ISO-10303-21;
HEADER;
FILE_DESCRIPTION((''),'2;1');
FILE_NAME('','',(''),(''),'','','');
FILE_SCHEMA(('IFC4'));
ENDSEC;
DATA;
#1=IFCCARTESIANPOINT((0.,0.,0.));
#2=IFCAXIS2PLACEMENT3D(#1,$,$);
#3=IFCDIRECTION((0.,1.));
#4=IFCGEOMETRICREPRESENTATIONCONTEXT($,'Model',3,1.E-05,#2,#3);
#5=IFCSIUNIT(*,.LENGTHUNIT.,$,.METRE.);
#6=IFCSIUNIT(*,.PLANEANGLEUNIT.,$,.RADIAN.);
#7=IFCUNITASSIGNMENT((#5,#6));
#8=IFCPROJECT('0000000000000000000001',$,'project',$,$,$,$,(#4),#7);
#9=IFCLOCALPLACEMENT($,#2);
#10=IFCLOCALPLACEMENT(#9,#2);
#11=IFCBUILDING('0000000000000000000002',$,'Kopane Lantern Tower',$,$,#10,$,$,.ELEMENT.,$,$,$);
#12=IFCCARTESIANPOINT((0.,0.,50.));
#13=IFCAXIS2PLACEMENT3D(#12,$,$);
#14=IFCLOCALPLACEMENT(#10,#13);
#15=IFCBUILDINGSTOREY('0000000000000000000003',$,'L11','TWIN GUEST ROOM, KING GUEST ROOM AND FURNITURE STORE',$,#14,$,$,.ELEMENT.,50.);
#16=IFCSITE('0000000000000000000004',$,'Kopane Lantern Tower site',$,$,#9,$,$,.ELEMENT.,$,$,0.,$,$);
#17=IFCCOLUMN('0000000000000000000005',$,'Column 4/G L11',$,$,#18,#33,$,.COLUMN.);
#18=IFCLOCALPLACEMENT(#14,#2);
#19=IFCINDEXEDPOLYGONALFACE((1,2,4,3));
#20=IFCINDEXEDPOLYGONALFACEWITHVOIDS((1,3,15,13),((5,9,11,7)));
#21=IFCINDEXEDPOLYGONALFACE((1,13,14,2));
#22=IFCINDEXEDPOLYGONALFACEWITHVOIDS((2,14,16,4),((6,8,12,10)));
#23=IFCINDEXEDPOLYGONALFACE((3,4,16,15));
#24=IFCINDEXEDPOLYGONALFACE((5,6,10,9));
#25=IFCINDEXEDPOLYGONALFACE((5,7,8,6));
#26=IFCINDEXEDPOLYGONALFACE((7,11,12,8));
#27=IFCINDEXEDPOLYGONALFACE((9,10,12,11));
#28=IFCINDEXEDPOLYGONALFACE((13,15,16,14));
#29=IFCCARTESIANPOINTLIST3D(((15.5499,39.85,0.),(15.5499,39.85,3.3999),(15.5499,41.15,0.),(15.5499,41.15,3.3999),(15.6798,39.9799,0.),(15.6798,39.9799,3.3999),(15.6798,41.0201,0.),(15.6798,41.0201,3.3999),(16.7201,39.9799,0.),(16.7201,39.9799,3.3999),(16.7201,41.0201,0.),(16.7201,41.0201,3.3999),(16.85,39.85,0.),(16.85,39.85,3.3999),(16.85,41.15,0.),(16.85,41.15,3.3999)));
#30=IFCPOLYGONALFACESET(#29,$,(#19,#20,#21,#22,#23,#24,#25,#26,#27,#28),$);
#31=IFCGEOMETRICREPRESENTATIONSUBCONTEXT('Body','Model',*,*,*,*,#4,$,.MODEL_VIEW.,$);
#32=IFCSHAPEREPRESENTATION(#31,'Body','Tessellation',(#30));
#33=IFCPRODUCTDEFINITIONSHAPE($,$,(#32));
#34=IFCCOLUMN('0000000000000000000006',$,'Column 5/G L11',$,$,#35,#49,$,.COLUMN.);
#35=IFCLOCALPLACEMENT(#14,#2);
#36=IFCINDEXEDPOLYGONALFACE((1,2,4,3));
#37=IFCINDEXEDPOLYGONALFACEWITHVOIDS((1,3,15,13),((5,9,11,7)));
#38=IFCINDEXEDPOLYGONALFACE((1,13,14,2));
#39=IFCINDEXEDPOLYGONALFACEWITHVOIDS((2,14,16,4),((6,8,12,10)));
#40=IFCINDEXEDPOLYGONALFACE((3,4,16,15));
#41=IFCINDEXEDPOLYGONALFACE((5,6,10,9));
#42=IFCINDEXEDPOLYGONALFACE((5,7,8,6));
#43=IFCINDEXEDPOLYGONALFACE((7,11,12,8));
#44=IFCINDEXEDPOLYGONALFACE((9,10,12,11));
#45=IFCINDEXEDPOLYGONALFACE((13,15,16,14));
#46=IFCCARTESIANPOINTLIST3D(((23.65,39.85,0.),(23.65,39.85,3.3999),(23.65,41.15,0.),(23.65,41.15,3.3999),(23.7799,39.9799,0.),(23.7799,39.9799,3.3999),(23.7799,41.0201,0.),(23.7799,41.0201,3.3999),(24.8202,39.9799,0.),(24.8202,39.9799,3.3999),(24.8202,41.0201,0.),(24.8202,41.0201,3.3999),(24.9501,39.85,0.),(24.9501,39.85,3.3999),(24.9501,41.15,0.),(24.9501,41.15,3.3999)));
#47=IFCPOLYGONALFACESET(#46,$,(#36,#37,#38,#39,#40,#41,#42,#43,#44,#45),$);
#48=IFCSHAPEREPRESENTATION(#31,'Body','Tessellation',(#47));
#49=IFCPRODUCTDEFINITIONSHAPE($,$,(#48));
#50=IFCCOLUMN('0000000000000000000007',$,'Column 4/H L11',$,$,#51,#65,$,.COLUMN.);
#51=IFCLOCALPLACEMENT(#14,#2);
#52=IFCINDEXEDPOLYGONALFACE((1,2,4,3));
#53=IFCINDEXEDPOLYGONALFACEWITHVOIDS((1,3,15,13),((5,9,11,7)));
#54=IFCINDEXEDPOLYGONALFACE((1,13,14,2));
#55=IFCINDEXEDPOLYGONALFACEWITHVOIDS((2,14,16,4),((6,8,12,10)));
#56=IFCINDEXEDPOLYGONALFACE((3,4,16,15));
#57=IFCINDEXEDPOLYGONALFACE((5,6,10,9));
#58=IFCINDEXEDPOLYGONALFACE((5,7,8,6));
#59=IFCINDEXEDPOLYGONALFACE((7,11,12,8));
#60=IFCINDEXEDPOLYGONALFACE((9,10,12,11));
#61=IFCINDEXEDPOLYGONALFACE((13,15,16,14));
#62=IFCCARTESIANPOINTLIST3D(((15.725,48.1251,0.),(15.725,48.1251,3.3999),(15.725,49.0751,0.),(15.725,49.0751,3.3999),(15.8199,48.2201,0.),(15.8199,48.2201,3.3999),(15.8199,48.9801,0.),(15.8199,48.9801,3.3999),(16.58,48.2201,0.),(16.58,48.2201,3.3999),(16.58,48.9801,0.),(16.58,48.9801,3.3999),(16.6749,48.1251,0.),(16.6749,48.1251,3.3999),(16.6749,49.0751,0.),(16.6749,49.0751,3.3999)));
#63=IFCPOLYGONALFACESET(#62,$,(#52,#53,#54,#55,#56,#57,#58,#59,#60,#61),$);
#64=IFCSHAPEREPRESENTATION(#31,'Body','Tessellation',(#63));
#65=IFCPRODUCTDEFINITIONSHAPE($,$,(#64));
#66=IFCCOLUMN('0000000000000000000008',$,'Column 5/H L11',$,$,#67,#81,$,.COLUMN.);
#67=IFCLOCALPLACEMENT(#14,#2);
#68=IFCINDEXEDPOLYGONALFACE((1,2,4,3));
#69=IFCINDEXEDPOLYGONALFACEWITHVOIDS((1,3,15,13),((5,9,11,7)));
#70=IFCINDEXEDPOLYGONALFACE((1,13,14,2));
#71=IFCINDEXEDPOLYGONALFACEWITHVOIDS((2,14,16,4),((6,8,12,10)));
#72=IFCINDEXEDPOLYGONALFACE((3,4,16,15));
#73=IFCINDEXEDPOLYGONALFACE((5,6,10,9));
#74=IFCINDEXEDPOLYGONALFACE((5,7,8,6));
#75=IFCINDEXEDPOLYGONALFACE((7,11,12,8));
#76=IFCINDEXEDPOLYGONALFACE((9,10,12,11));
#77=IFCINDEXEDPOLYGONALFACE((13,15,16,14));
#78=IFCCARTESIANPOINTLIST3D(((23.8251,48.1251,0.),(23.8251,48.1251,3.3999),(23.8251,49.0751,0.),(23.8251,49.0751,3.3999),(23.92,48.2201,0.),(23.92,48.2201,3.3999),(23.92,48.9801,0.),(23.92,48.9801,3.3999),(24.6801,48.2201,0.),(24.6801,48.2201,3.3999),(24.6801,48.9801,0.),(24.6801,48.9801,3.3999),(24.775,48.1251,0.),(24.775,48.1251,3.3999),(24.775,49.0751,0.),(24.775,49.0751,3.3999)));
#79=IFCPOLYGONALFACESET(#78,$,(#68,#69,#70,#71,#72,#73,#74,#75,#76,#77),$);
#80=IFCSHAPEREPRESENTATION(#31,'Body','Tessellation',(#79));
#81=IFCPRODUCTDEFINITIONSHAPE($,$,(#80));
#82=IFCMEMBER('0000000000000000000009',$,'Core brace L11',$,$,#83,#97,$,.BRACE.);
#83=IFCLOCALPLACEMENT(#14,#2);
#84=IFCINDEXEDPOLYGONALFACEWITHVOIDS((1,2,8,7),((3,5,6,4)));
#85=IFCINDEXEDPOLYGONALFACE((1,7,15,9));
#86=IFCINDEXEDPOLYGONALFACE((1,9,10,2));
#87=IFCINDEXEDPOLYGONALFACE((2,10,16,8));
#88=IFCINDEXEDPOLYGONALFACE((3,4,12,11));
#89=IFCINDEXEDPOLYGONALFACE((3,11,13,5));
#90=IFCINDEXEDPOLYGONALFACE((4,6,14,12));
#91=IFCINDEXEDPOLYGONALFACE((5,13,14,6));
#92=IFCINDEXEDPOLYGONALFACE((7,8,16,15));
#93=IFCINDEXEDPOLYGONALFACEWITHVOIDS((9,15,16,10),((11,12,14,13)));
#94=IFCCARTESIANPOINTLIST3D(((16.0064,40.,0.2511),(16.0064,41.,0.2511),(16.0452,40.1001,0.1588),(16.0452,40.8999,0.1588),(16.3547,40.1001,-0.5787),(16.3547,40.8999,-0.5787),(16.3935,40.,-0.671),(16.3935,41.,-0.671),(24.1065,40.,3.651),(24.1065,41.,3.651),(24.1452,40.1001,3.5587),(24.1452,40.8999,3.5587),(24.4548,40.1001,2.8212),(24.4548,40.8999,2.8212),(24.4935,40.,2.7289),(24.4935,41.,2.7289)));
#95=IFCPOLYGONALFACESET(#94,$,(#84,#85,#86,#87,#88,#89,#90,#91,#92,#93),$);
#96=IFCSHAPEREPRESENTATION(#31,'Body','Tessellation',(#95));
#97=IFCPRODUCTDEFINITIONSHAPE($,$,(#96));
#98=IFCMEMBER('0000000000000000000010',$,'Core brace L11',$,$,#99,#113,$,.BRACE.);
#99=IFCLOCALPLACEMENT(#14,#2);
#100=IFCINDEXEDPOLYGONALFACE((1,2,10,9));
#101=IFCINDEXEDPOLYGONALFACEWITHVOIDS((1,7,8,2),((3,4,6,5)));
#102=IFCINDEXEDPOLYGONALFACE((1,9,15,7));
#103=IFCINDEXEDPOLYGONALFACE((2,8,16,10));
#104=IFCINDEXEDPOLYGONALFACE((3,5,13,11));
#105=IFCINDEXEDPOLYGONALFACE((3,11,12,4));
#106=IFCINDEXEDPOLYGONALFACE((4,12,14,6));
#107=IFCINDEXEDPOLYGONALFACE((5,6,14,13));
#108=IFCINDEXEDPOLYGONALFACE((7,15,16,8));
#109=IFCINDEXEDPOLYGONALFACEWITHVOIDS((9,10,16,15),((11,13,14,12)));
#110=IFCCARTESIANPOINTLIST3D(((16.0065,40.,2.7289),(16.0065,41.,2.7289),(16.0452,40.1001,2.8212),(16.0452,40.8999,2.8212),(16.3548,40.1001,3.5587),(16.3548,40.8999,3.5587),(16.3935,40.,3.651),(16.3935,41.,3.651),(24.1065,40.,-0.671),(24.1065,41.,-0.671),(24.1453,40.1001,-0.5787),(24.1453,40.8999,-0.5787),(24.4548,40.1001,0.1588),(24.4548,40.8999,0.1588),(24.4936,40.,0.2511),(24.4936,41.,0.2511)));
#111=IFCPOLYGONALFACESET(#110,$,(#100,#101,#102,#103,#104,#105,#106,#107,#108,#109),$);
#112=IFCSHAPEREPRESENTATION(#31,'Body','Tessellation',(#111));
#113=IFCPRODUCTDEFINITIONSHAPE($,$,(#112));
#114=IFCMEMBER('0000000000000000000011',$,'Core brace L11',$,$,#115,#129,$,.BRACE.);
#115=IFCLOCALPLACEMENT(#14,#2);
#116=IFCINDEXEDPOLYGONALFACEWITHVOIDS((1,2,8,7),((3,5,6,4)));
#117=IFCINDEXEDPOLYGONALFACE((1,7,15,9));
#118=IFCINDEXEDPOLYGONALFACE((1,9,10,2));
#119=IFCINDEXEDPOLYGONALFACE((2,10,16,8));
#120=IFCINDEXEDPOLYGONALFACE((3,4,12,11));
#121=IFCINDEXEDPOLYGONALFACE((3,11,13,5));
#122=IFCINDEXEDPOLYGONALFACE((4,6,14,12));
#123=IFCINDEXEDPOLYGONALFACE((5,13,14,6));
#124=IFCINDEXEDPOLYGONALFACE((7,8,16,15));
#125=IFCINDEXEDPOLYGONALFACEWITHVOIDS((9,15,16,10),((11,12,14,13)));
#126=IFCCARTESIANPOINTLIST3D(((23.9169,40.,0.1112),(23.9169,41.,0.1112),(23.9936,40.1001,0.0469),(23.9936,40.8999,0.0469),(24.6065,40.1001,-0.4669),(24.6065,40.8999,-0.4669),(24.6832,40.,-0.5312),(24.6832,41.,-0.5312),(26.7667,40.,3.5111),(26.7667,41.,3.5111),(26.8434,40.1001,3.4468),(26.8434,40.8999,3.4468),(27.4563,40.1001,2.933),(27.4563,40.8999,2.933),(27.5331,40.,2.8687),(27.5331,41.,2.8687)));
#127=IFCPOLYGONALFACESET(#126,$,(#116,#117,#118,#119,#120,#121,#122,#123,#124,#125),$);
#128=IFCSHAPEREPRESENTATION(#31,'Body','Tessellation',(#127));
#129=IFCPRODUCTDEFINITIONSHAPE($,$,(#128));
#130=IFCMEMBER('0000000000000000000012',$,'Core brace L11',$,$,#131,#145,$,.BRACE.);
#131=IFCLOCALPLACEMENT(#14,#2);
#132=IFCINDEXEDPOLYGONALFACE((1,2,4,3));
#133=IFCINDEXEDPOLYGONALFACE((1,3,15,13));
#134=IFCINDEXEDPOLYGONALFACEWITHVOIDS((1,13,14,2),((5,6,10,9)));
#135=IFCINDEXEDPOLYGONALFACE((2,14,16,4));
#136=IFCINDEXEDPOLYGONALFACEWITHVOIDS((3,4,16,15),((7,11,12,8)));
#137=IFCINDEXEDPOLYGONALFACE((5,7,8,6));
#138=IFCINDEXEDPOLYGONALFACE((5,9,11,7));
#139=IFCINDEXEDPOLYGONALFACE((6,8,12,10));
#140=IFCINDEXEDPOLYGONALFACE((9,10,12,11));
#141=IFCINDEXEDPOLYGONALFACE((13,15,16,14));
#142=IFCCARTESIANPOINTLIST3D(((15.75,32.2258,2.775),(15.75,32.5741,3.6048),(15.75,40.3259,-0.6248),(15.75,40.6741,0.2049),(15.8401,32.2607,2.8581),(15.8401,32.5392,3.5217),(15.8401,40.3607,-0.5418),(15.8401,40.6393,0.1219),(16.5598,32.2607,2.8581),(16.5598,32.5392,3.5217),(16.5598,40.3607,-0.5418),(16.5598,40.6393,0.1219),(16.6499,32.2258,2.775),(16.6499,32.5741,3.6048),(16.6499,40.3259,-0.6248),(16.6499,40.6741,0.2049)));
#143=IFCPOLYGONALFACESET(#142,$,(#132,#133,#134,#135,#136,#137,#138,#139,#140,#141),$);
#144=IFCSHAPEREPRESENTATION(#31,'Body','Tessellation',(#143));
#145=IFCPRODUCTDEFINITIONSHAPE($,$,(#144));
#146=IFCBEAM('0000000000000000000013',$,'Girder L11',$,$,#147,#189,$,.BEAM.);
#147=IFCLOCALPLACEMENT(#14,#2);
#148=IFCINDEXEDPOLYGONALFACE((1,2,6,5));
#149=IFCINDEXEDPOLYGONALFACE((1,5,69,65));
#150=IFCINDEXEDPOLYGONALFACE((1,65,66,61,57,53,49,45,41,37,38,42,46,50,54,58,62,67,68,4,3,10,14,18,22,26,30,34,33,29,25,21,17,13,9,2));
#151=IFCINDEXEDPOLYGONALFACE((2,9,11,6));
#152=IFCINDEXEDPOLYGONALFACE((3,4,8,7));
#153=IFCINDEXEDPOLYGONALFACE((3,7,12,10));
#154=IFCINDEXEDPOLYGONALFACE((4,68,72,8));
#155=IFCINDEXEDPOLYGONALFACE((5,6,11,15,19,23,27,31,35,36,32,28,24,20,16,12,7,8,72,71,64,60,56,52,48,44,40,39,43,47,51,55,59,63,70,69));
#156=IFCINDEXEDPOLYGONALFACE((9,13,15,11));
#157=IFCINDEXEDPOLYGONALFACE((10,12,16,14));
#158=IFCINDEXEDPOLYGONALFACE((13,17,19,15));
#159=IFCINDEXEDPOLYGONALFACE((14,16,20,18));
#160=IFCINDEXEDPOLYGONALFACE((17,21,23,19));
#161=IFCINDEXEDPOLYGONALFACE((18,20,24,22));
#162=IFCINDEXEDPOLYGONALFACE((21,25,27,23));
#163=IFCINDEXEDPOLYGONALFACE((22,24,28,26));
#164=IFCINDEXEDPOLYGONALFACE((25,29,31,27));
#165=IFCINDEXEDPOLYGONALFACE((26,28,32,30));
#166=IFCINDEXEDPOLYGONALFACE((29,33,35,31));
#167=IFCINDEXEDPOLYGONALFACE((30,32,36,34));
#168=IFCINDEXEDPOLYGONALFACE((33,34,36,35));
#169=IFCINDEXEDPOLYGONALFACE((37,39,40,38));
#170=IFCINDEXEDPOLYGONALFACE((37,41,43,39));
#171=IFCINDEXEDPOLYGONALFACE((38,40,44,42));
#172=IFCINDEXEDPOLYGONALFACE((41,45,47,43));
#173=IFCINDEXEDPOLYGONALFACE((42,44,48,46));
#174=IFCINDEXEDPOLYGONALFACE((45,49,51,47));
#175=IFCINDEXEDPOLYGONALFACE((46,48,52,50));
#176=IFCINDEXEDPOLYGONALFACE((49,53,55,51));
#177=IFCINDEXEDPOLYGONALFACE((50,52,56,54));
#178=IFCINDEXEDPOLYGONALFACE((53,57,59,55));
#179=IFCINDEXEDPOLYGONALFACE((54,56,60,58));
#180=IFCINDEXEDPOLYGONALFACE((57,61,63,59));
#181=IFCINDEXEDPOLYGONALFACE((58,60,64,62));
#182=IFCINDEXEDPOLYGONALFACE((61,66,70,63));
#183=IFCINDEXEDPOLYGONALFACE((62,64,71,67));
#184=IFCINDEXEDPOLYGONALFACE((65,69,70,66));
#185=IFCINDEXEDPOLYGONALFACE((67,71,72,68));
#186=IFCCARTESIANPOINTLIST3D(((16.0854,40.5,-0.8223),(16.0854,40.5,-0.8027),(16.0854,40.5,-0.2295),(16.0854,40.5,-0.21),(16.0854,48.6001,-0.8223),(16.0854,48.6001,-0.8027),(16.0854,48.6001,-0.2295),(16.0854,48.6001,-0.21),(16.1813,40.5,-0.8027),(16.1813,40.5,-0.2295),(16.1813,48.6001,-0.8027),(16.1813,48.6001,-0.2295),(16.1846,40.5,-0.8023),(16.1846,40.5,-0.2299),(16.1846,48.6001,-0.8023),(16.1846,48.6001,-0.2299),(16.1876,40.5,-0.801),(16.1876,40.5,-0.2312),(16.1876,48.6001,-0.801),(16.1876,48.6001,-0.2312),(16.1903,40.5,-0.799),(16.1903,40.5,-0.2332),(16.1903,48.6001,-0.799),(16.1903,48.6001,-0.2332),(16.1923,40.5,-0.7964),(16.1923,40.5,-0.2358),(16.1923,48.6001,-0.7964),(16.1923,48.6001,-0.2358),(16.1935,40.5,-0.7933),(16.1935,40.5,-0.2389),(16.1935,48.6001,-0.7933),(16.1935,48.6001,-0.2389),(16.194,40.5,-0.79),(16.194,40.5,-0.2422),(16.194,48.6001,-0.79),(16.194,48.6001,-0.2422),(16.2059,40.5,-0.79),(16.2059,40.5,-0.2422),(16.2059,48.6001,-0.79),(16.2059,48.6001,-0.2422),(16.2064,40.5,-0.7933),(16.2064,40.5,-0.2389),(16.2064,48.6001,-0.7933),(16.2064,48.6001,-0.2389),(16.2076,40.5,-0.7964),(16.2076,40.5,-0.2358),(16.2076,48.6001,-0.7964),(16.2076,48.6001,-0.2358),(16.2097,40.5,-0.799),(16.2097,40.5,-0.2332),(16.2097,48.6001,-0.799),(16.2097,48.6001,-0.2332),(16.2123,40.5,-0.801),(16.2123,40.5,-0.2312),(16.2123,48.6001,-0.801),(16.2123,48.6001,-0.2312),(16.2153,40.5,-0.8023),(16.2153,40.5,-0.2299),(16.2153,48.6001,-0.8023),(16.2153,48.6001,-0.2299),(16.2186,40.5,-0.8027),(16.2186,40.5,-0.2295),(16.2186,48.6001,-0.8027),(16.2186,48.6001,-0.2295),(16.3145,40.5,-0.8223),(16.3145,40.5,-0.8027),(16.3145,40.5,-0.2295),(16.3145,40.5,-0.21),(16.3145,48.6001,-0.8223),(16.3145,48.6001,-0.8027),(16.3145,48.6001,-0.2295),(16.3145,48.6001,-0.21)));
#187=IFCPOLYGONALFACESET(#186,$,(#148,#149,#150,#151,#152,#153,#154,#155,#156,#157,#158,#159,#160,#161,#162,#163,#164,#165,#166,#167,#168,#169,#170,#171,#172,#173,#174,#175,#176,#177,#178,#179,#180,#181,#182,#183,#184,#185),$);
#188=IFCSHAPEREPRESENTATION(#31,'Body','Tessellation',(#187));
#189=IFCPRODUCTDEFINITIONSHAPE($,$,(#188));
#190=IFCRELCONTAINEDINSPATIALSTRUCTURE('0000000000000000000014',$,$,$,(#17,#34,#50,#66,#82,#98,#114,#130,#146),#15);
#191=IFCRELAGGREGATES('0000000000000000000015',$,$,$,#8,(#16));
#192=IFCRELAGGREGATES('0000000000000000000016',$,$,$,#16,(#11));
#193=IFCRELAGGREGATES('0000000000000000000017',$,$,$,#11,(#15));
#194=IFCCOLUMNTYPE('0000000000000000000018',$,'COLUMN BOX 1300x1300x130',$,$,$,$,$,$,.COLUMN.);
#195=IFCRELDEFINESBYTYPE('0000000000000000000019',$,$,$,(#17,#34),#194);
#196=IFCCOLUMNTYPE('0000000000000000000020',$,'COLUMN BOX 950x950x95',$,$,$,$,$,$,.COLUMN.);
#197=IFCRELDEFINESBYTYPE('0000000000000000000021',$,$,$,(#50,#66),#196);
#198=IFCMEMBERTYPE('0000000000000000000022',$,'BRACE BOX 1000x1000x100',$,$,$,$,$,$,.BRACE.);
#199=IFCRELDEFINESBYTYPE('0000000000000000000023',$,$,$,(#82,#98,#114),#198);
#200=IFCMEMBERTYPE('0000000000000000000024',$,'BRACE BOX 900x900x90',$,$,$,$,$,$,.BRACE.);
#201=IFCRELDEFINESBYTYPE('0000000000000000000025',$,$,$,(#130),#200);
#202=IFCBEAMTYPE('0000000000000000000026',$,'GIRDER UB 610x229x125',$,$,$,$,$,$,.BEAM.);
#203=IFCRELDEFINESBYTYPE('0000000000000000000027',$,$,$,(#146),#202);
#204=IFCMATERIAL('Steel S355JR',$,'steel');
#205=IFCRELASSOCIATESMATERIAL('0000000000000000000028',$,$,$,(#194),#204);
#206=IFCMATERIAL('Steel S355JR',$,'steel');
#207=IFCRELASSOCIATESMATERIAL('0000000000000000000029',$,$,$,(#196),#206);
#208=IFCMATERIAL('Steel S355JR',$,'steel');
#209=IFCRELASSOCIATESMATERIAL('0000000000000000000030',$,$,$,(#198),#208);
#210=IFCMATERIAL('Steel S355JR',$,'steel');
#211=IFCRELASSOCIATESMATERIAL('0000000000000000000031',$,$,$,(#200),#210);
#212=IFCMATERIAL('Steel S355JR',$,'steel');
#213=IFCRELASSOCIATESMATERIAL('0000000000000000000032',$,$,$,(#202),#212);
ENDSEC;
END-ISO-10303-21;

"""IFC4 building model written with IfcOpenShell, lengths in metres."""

from ifc_helpers import new_model, si_unit, direction, frame, origin, origin_2d, place, context, subcontext, project, spatial, hollow_rectangle, i_section, extrude, material, material_profile, profile_set, type_object, element, save


model = new_model("IFC4")

# Units and contexts
model_context = context("Model", 3, precision=1e-05, world=origin(), true_north=direction((0.0, 1.0)))
body_context = subcontext(model_context, "Body", "Model", "MODEL_VIEW")
ifc_project = project(units=[si_unit("LENGTHUNIT", "METRE"), si_unit("PLANEANGLEUNIT", "RADIAN")], contexts=[model_context])

# Site, building, storey
site_placement = place(None, origin())
site = spatial("IfcSite", under=ifc_project, at=site_placement, Name="Kopane Lantern Tower site", CompositionType="ELEMENT", RefElevation=0.0)
building_placement = place(site_placement, origin())
building = spatial("IfcBuilding", under=site, at=building_placement, Name="Kopane Lantern Tower", CompositionType="ELEMENT")
storey_placement = place(building_placement, frame((0.0, 0.0, 50.0)))
storey = spatial("IfcBuildingStorey", under=building, at=storey_placement, Name="L11", Description="TWIN GUEST ROOM, KING GUEST ROOM AND FURNITURE STORE", CompositionType="ELEMENT", Elevation=50.0)

# Columns
ifc_material_1 = material(Name="Steel S355JR", Category="steel")
ifc_material_profile_1 = material_profile(ifc_material_1, hollow_rectangle(XDim=1.3, YDim=1.3, WallThickness=0.1299, at=origin_2d()), Name="BOX 1300x1300x130")
ifc_profile_set_1 = profile_set([ifc_material_profile_1], Name="Steel S355JR")
column_type_1 = type_object("IfcColumnType", Name="COLUMN BOX 1300x1300x130", PredefinedType="COLUMN", material=ifc_profile_set_1)
for number, where, z_axis, x_axis, name in (
    (1, (16.2, 40.5, 0.0), (0.0, 0.0, 1.0), (1.0, 0.0, 0.0), "Column 4/G L11"),
    (2, (24.3, 40.5, 0.0), (0.0, 0.0, 1.0), (1.0, 0.0, 0.0), "Column 5/G L11"),
):
    element("IfcColumn", number, at=place(storey_placement, frame(where, z_axis=z_axis, x_axis=x_axis)), inside=storey, type_object=column_type_1, Name=name, PredefinedType="COLUMN", context=body_context, shape_type="SweptSolid", body=[
        extrude(hollow_rectangle(XDim=1.3, YDim=1.3, WallThickness=0.1299, at=origin_2d()), origin(), (0.0, 0.0, 1.0), 3.3999),
    ])
ifc_material_2 = material(Name="Steel S355JR", Category="steel")
ifc_material_profile_2 = material_profile(ifc_material_2, hollow_rectangle(XDim=0.95, YDim=0.95, WallThickness=0.095, at=origin_2d()), Name="BOX 950x950x95")
ifc_profile_set_2 = profile_set([ifc_material_profile_2], Name="Steel S355JR")
column_type_2 = type_object("IfcColumnType", Name="COLUMN BOX 950x950x95", PredefinedType="COLUMN", material=ifc_profile_set_2)
for number, where, z_axis, x_axis, name in (
    (3, (16.2, 48.6001, 0.0), (0.0, 0.0, 1.0), (1.0, 0.0, 0.0), "Column 4/H L11"),
    (4, (24.3, 48.6001, 0.0), (0.0, 0.0, 1.0), (1.0, 0.0, 0.0), "Column 5/H L11"),
):
    element("IfcColumn", number, at=place(storey_placement, frame(where, z_axis=z_axis, x_axis=x_axis)), inside=storey, type_object=column_type_2, Name=name, PredefinedType="COLUMN", context=body_context, shape_type="SweptSolid", body=[
        extrude(hollow_rectangle(XDim=0.95, YDim=0.95, WallThickness=0.095, at=origin_2d()), origin(), (0.0, 0.0, 1.0), 3.3999),
    ])

# Members
ifc_material_3 = material(Name="Steel S355JR", Category="steel")
ifc_material_profile_3 = material_profile(ifc_material_3, hollow_rectangle(XDim=1.0, YDim=1.0, WallThickness=0.1001, at=origin_2d()), Name="BOX 1000x1000x100")
ifc_profile_set_3 = profile_set([ifc_material_profile_3], Name="Steel S355JR")
member_type_1 = type_object("IfcMemberType", Name="BRACE BOX 1000x1000x100", PredefinedType="BRACE", material=ifc_profile_set_3)
for number, where, z_axis, x_axis, name in (
    (5, (16.2, 40.5, -0.21), (0.922069, 0.0, 0.387026), (0.0, 1.0, 0.0), "Core brace L11"),
    (6, (24.3, 40.5, -0.21), (-0.922069, 0.0, 0.387026), (0.0, -1.0, 0.0), "Core brace L11"),
):
    element("IfcMember", number, at=place(storey_placement, frame(where, z_axis=z_axis, x_axis=x_axis)), inside=storey, type_object=member_type_1, Name=name, PredefinedType="BRACE", context=body_context, shape_type="SweptSolid", body=[
        extrude(hollow_rectangle(XDim=1.0, YDim=1.0, WallThickness=0.1001, at=origin_2d()), origin(), (0.0, 0.0, 1.0), 8.7847),
    ])
member_1_placement = place(storey_placement, frame((24.3, 40.5, -0.21), z_axis=(0.64239, 0.0, 0.766378), x_axis=(0.0, 1.0, 0.0)))
element("IfcMember", 7, at=member_1_placement, inside=storey, type_object=member_type_1, Name="Core brace L11", PredefinedType="BRACE", context=body_context, shape_type="SweptSolid", body=[
    extrude(hollow_rectangle(XDim=1.0, YDim=1.0, WallThickness=0.1001, at=origin_2d()), origin(), (0.0, 0.0, 1.0), 4.4363),
])
ifc_material_4 = material(Name="Steel S355JR", Category="steel")
ifc_material_profile_4 = material_profile(ifc_material_4, hollow_rectangle(XDim=0.8999, YDim=0.8999, WallThickness=0.0901, at=origin_2d()), Name="BOX 900x900x90")
ifc_profile_set_4 = profile_set([ifc_material_profile_4], Name="Steel S355JR")
member_type_2 = type_object("IfcMemberType", Name="BRACE BOX 900x900x90", PredefinedType="BRACE", material=ifc_profile_set_4)
member_2_placement = place(storey_placement, frame((16.2, 40.5, -0.21), z_axis=(0.0, -0.922069, 0.387026), x_axis=(1.0, 0.0, 0.0)))
element("IfcMember", 8, at=member_2_placement, inside=storey, type_object=member_type_2, Name="Core brace L11", PredefinedType="BRACE", context=body_context, shape_type="SweptSolid", body=[
    extrude(hollow_rectangle(XDim=0.8999, YDim=0.8999, WallThickness=0.0901, at=origin_2d()), origin(), (0.0, 0.0, 1.0), 8.7847),
])

# Beam
ifc_material_5 = material(Name="Steel S355JR", Category="steel")
ifc_material_profile_5 = material_profile(ifc_material_5, i_section(OverallWidth=0.229, OverallDepth=0.6123, WebThickness=0.012, FlangeThickness=0.0195, FilletRadius=0.0127, at=origin_2d()), Name="UB 610x229x125")
ifc_profile_set_5 = profile_set([ifc_material_profile_5], Name="Steel S355JR")
beam_type_1 = type_object("IfcBeamType", Name="GIRDER UB 610x229x125", PredefinedType="BEAM", material=ifc_profile_set_5)
for number, where, z_axis, x_axis, name in (
    (9, (16.2, 40.5, -0.5161), (0.0, 1.0, 0.0), (-1.0, 0.0, 0.0), "Girder L11"),
):
    element("IfcBeam", number, at=place(storey_placement, frame(where, z_axis=z_axis, x_axis=x_axis)), inside=storey, type_object=beam_type_1, Name=name, PredefinedType="BEAM", context=body_context, shape_type="SweptSolid", body=[
        extrude(i_section(OverallWidth=0.229, OverallDepth=0.6123, WebThickness=0.012, FlangeThickness=0.0195, FilletRadius=0.0127, at=origin_2d()), origin(), (0.0, 0.0, 1.0), 8.1001),
    ])

save(model, "model.ifc")
